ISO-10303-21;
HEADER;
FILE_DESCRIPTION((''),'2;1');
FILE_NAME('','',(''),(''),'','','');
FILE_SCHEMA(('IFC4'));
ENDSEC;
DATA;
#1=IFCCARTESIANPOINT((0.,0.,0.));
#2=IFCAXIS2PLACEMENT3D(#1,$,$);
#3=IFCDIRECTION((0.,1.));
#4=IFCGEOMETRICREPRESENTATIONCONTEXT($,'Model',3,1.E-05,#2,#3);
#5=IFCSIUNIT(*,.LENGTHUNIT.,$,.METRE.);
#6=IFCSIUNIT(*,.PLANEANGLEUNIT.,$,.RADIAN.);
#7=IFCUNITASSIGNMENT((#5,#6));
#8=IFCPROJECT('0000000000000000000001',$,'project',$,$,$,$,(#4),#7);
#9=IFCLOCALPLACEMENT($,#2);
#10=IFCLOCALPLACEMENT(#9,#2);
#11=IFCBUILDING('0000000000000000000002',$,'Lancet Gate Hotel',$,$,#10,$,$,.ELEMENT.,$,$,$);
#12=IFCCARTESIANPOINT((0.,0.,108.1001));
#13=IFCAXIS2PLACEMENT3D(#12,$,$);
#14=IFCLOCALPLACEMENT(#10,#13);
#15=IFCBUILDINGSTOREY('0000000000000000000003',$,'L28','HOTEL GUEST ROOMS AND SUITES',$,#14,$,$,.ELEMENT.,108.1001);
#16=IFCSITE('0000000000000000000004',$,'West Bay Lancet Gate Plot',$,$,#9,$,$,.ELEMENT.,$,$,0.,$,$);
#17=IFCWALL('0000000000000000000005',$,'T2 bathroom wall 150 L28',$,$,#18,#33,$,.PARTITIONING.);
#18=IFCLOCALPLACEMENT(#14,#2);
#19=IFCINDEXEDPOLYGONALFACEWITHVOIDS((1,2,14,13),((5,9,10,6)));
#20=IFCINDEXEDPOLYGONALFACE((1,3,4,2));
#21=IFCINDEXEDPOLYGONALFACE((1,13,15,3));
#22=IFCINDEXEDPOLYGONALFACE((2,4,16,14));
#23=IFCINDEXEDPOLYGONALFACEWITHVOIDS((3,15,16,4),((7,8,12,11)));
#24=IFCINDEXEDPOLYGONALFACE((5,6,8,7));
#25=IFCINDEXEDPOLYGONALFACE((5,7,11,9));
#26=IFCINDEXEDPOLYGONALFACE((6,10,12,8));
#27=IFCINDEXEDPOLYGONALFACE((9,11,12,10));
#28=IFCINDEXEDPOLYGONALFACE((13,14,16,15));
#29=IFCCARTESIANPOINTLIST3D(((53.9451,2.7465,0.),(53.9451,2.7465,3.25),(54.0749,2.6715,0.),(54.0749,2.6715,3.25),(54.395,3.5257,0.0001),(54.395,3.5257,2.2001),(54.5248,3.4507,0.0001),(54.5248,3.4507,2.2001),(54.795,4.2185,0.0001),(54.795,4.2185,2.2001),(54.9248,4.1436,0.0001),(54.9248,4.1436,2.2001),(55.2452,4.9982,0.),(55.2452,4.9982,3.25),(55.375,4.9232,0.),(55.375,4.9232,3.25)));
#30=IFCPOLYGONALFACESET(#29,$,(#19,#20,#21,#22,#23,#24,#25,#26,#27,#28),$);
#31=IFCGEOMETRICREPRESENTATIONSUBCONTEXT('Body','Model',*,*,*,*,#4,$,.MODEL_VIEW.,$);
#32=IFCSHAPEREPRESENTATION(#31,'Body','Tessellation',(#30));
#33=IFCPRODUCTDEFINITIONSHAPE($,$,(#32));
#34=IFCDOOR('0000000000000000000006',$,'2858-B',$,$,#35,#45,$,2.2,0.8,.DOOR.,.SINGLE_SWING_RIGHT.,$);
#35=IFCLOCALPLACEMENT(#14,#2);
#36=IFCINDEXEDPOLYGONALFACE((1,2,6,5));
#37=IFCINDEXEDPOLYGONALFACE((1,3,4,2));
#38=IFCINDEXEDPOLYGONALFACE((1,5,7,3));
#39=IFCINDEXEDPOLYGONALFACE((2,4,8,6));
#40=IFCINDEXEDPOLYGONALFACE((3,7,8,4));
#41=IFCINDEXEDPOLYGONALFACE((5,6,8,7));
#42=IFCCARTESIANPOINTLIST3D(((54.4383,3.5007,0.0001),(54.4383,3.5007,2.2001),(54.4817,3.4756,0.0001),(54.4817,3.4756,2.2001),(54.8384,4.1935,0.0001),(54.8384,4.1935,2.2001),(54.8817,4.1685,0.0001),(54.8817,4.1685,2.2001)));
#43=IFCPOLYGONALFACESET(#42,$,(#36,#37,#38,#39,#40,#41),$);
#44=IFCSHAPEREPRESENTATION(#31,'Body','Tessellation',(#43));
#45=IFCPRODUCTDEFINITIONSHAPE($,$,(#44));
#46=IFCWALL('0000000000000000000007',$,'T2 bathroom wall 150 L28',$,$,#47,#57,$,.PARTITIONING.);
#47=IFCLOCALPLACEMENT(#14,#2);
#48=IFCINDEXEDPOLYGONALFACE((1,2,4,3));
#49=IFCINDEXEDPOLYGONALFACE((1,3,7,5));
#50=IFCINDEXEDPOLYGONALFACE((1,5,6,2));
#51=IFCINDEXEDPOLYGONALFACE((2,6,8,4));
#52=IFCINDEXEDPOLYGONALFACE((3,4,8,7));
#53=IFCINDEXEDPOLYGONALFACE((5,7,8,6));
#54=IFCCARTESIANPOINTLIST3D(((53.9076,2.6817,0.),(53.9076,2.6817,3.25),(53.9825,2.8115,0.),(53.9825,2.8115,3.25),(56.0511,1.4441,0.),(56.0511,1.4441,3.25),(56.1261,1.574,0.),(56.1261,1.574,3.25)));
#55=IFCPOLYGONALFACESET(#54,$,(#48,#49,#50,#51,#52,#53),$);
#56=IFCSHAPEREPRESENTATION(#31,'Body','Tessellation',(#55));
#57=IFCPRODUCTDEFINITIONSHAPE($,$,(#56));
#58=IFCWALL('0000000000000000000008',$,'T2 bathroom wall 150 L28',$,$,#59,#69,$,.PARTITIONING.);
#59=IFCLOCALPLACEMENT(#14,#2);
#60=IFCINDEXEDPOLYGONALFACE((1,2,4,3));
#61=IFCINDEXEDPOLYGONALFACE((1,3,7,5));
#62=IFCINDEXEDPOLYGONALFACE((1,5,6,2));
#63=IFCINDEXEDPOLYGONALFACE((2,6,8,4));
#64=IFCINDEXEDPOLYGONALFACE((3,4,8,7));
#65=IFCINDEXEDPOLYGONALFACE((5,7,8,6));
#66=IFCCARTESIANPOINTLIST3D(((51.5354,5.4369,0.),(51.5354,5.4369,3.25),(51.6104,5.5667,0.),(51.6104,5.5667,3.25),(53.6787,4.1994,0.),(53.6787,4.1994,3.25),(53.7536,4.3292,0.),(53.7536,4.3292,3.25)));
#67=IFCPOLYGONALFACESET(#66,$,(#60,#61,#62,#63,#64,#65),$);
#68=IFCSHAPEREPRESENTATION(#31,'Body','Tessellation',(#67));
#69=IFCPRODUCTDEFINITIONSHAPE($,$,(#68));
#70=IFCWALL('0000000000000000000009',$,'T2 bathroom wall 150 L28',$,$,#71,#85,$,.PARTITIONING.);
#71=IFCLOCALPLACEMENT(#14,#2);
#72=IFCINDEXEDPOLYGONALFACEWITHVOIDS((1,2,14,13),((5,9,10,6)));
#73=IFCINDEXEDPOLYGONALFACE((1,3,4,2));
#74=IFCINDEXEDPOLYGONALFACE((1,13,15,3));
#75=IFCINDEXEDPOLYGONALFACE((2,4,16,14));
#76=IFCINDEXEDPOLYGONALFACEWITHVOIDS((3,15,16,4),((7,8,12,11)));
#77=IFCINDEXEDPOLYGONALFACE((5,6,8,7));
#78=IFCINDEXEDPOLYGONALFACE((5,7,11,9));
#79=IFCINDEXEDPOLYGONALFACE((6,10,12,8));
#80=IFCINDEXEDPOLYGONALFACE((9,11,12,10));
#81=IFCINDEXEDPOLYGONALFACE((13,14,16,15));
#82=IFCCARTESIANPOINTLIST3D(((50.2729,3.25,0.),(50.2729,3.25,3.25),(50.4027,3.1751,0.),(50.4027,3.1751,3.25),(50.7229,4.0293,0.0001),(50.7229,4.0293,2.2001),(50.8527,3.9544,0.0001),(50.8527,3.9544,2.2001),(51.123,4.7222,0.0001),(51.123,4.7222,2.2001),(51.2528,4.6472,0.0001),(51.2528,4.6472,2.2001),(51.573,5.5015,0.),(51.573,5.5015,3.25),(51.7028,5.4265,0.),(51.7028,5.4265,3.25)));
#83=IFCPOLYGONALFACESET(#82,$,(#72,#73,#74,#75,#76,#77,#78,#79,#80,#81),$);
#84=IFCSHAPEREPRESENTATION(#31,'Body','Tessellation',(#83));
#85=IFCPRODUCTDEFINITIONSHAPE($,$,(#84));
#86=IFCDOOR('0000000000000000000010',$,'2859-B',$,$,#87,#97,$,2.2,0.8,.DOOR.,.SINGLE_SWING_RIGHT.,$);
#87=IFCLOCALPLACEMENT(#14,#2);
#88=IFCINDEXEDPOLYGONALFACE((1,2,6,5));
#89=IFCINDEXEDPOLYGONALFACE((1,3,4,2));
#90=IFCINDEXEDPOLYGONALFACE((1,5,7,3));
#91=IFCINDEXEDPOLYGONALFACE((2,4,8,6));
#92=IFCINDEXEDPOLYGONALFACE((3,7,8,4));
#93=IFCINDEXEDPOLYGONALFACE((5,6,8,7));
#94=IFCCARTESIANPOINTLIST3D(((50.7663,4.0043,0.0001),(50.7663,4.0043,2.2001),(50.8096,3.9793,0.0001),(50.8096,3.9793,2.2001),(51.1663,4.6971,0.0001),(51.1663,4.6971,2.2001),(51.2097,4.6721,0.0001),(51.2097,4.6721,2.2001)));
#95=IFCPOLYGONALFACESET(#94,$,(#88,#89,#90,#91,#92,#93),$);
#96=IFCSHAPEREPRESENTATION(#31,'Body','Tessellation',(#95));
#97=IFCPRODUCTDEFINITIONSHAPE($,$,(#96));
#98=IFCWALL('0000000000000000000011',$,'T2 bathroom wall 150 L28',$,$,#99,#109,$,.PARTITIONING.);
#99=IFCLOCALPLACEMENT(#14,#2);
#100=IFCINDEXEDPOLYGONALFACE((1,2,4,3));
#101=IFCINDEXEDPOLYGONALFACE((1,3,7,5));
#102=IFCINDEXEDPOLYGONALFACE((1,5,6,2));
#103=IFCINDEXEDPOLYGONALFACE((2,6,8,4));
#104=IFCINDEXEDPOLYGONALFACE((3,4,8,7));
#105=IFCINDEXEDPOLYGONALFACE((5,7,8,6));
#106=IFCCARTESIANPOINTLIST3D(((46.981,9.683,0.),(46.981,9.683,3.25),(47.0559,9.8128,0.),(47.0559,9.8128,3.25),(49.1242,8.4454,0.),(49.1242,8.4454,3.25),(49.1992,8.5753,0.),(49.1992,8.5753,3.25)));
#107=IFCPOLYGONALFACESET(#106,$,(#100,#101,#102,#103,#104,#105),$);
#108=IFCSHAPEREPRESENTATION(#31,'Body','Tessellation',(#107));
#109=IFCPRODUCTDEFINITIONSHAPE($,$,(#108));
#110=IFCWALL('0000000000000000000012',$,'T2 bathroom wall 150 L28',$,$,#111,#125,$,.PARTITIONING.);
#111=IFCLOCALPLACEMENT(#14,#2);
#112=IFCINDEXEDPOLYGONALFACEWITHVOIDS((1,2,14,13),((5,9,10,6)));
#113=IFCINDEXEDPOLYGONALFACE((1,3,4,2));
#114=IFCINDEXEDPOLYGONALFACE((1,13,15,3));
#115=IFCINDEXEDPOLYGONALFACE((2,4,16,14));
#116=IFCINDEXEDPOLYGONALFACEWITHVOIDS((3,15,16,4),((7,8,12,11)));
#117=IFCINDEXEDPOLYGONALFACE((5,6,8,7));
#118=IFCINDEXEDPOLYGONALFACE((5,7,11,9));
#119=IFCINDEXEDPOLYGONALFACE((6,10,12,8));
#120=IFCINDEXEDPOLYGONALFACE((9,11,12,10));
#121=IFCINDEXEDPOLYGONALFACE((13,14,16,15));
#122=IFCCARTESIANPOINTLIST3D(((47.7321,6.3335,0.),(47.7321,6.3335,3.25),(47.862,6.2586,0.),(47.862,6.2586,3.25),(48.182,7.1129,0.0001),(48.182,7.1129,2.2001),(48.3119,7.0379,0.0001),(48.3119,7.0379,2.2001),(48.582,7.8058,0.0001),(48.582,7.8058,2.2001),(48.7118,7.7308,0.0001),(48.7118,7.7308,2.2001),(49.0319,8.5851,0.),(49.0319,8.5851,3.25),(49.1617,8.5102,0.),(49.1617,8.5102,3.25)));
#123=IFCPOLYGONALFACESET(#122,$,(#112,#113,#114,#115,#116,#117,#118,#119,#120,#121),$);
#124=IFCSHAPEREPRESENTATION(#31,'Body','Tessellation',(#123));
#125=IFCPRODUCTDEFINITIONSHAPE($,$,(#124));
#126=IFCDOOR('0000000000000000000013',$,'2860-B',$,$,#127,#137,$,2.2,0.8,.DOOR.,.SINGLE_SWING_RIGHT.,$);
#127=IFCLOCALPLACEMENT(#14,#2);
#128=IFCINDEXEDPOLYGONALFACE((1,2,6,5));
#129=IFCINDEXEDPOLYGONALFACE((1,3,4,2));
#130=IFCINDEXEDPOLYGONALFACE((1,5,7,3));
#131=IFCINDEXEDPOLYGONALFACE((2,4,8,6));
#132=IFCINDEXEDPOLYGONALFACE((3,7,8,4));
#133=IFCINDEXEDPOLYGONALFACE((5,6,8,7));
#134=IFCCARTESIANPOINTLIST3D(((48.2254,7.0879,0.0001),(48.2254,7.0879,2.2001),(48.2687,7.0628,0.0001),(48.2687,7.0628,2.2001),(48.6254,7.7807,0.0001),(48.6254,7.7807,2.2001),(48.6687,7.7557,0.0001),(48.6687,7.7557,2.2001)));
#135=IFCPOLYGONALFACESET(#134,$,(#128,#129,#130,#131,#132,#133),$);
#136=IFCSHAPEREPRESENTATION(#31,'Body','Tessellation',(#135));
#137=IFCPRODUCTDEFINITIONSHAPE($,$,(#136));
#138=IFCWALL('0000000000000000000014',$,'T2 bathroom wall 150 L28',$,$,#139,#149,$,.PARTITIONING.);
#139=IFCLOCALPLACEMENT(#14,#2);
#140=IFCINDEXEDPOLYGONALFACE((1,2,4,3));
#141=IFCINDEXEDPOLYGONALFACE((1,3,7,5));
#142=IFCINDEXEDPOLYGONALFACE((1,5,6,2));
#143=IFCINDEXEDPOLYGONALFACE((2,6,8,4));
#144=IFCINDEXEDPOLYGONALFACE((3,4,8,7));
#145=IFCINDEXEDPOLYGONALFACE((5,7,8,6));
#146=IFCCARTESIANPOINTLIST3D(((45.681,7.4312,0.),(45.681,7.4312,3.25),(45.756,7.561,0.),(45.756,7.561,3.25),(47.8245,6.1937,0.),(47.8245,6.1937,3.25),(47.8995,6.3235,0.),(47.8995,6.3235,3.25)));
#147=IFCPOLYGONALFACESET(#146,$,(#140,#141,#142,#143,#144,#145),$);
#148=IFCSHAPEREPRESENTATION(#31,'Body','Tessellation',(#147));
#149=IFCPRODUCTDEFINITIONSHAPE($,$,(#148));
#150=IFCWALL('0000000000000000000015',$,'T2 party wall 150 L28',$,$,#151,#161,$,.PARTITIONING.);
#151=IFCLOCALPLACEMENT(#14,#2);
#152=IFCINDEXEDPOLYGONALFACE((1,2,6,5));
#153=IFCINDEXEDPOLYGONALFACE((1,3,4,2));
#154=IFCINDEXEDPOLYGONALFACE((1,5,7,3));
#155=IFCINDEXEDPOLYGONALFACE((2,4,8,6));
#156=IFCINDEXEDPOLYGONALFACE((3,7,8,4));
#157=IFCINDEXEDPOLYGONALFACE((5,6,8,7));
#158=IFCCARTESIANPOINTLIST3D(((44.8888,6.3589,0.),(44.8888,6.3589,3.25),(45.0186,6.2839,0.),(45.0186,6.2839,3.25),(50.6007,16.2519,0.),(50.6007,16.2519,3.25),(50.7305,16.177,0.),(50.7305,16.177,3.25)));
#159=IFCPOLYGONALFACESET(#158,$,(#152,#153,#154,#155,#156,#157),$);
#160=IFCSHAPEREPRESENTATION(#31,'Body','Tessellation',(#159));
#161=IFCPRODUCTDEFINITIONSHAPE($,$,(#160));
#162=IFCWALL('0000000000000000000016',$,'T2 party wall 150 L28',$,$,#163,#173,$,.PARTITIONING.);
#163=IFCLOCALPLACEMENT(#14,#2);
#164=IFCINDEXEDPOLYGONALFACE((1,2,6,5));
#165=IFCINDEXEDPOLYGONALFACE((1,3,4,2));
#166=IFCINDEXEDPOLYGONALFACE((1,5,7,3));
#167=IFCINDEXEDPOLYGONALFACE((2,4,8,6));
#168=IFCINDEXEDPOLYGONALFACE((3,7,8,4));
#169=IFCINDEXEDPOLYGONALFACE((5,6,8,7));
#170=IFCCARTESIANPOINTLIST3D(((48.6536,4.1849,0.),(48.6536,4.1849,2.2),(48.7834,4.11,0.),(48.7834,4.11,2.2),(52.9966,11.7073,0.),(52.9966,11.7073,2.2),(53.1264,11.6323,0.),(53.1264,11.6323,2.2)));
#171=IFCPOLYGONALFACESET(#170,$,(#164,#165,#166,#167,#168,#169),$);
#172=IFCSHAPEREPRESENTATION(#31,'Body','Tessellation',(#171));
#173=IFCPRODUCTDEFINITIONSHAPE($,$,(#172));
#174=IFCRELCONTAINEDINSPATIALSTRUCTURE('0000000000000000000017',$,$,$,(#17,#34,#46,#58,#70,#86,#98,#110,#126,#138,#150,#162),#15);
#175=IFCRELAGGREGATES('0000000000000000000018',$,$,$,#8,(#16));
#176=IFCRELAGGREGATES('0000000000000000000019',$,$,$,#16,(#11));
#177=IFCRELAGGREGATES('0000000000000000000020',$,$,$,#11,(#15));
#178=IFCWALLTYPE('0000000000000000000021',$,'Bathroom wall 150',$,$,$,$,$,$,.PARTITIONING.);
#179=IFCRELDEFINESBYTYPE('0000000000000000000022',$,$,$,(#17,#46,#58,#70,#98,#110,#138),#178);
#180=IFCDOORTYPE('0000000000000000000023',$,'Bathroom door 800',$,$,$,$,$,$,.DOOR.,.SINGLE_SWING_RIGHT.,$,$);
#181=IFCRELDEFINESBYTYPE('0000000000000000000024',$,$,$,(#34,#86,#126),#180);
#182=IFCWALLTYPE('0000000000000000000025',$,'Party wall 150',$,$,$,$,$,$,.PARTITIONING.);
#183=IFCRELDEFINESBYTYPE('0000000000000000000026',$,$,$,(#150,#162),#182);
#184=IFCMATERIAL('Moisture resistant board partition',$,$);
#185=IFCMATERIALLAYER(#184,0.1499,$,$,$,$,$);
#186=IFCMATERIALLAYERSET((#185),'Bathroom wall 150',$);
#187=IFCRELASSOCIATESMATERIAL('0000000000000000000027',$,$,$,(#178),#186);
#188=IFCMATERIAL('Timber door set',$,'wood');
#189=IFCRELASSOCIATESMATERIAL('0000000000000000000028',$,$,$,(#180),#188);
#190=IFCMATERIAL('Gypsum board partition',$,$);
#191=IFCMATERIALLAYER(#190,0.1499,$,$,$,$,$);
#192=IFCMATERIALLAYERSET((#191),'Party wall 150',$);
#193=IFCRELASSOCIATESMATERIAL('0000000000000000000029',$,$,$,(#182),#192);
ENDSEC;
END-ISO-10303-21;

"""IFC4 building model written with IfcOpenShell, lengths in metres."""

from ifc_helpers import new_model, si_unit, direction, frame, frame_2d, origin, place, context, subcontext, project, spatial, rectangle, extrude, material, layer, layer_set, type_object, element, fill, save


model = new_model("IFC4")

# Units and contexts
model_context = context("Model", 3, precision=1e-05, world=origin(), true_north=direction((0.0, 1.0)))
body_context = subcontext(model_context, "Body", "Model", "MODEL_VIEW")
ifc_project = project(units=[si_unit("LENGTHUNIT", "METRE"), si_unit("PLANEANGLEUNIT", "RADIAN")], contexts=[model_context])

# Site, building, storey
site_placement = place(None, origin())
site = spatial("IfcSite", under=ifc_project, at=site_placement, Name="West Bay Lancet Gate Plot", CompositionType="ELEMENT", RefElevation=0.0)
building_placement = place(site_placement, origin())
building = spatial("IfcBuilding", under=site, at=building_placement, Name="Lancet Gate Hotel", CompositionType="ELEMENT")
storey_placement = place(building_placement, frame((0.0, 0.0, 108.1001)))
storey = spatial("IfcBuildingStorey", under=building, at=storey_placement, Name="L28", Description="HOTEL GUEST ROOMS AND SUITES", CompositionType="ELEMENT", Elevation=108.1001)

# Wall, opening, door
ifc_material_1 = material(Name="Moisture resistant board partition")
ifc_layer_1 = layer(ifc_material_1, 0.1499)
ifc_layer_set_1 = layer_set([ifc_layer_1], Name="Bathroom wall 150")
wall_type_1 = type_object("IfcWallType", Name="Bathroom wall 150", PredefinedType="PARTITIONING", material=ifc_layer_set_1)
wall_1_placement = place(storey_placement, frame((54.01, 2.709, 0.0), z_axis=(0.0, 0.0, 1.0), x_axis=(0.500007, 0.866021, 0.0)))
wall_1 = element("IfcWall", 1, at=wall_1_placement, inside=storey, type_object=wall_type_1, Name="T2 bathroom wall 150 L28", PredefinedType="PARTITIONING", context=body_context, shape_type="SweptSolid", body=[
    extrude(rectangle(XDim=2.6001, YDim=0.1499, at=frame_2d((1.3, 0.0))), origin(), (0.0, 0.0, 1.0), 3.25),
])
opening_1_placement = place(wall_1_placement, frame((0.8999, 0.0, 0.0)))
opening_1 = element("IfcOpeningElement", 2, at=opening_1_placement, cuts=wall_1, PredefinedType="OPENING", context=body_context, shape_type="SweptSolid", body=[
    extrude(rectangle(XDim=0.8, YDim=2.2, at=frame_2d((0.3999, 1.1001))), frame((0.0, 0.085, 0.0), z_axis=(0.0, -1.0, 0.0), x_axis=(1.0, 0.0, 0.0)), (0.0, 0.0, 1.0), 0.1699),
])
ifc_material_2 = material(Name="Timber door set", Category="wood")
door_type = type_object("IfcDoorType", Name="Bathroom door 800", OperationType="SINGLE_SWING_RIGHT", PredefinedType="DOOR", material=ifc_material_2)
door_1_placement = place(opening_1_placement, origin())
door_1 = element("IfcDoor", 3, at=door_1_placement, inside=storey, type_object=door_type, Name="2858-B", OperationType="SINGLE_SWING_RIGHT", OverallHeight=2.2, OverallWidth=0.8, PredefinedType="DOOR", context=body_context, shape_type="SweptSolid", body=[
    extrude(rectangle(XDim=0.8, YDim=2.2, at=frame_2d((0.3999, 1.1001))), frame((0.0, 0.0249, 0.0), z_axis=(0.0, -1.0, 0.0), x_axis=(1.0, 0.0, 0.0)), (0.0, 0.0, 1.0), 0.05),
])
fill(opening_1, door_1)

# Walls
wall_2_placement = place(storey_placement, frame((53.9451, 2.7466, 0.0), z_axis=(0.0, 0.0, 1.0), x_axis=(0.866031, -0.49999, 0.0)))
element("IfcWall", 4, at=wall_2_placement, inside=storey, type_object=wall_type_1, Name="T2 bathroom wall 150 L28", PredefinedType="PARTITIONING", context=body_context, shape_type="SweptSolid", body=[
    extrude(rectangle(XDim=2.4751, YDim=0.1499, at=frame_2d((1.2375, 0.0))), origin(), (0.0, 0.0, 1.0), 3.25),
])
wall_3_placement = place(storey_placement, frame((51.573, 5.5017, 0.0), z_axis=(0.0, 0.0, 1.0), x_axis=(0.866007, -0.500033, 0.0)))
element("IfcWall", 5, at=wall_3_placement, inside=storey, type_object=wall_type_1, Name="T2 bathroom wall 150 L28", PredefinedType="PARTITIONING", context=body_context, shape_type="SweptSolid", body=[
    extrude(rectangle(XDim=2.4749, YDim=0.1499, at=frame_2d((1.2373, 0.0))), origin(), (0.0, 0.0, 1.0), 3.25),
])

# Wall, opening, door
wall_4_placement = place(storey_placement, frame((50.3379, 3.2126, 0.0), z_axis=(0.0, 0.0, 1.0), x_axis=(0.500048, 0.865998, 0.0)))
wall_4 = element("IfcWall", 6, at=wall_4_placement, inside=storey, type_object=wall_type_1, Name="T2 bathroom wall 150 L28", PredefinedType="PARTITIONING", context=body_context, shape_type="SweptSolid", body=[
    extrude(rectangle(XDim=2.5999, YDim=0.1499, at=frame_2d((1.2998, 0.0))), origin(), (0.0, 0.0, 1.0), 3.25),
])
opening_2_placement = place(wall_4_placement, frame((0.8999, 0.0, 0.0)))
opening_2 = element("IfcOpeningElement", 7, at=opening_2_placement, cuts=wall_4, PredefinedType="OPENING", context=body_context, shape_type="SweptSolid", body=[
    extrude(rectangle(XDim=0.8, YDim=2.2, at=frame_2d((0.3999, 1.1001))), frame((0.0, 0.085, 0.0), z_axis=(0.0, -1.0, 0.0), x_axis=(1.0, 0.0, 0.0)), (0.0, 0.0, 1.0), 0.1699),
])
door_2_placement = place(opening_2_placement, origin())
door_2 = element("IfcDoor", 8, at=door_2_placement, inside=storey, type_object=door_type, Name="2859-B", OperationType="SINGLE_SWING_RIGHT", OverallHeight=2.2, OverallWidth=0.8, PredefinedType="DOOR", context=body_context, shape_type="SweptSolid", body=[
    extrude(rectangle(XDim=0.8, YDim=2.2, at=frame_2d((0.3999, 1.1001))), frame((0.0, 0.0249, 0.0), z_axis=(0.0, -1.0, 0.0), x_axis=(1.0, 0.0, 0.0)), (0.0, 0.0, 1.0), 0.05),
])
fill(opening_2, door_2)

# Wall
wall_5_placement = place(storey_placement, frame((47.0186, 9.7478, 0.0), z_axis=(0.0, 0.0, 1.0), x_axis=(0.866007, -0.500033, 0.0)))
element("IfcWall", 9, at=wall_5_placement, inside=storey, type_object=wall_type_1, Name="T2 bathroom wall 150 L28", PredefinedType="PARTITIONING", context=body_context, shape_type="SweptSolid", body=[
    extrude(rectangle(XDim=2.4749, YDim=0.1499, at=frame_2d((1.2373, 0.0))), origin(), (0.0, 0.0, 1.0), 3.25),
])

# Wall, opening, door
wall_6_placement = place(storey_placement, frame((47.7971, 6.2961, 0.0), z_axis=(0.0, 0.0, 1.0), x_axis=(0.499937, 0.866062, 0.0)))
wall_6 = element("IfcWall", 10, at=wall_6_placement, inside=storey, type_object=wall_type_1, Name="T2 bathroom wall 150 L28", PredefinedType="PARTITIONING", context=body_context, shape_type="SweptSolid", body=[
    extrude(rectangle(XDim=2.5999, YDim=0.1499, at=frame_2d((1.2998, 0.0))), origin(), (0.0, 0.0, 1.0), 3.25),
])
opening_3_placement = place(wall_6_placement, frame((0.8999, 0.0, 0.0)))
opening_3 = element("IfcOpeningElement", 11, at=opening_3_placement, cuts=wall_6, PredefinedType="OPENING", context=body_context, shape_type="SweptSolid", body=[
    extrude(rectangle(XDim=0.8, YDim=2.2, at=frame_2d((0.3999, 1.1001))), frame((0.0, 0.085, 0.0), z_axis=(0.0, -1.0, 0.0), x_axis=(1.0, 0.0, 0.0)), (0.0, 0.0, 1.0), 0.1699),
])
door_3_placement = place(opening_3_placement, origin())
door_3 = element("IfcDoor", 12, at=door_3_placement, inside=storey, type_object=door_type, Name="2860-B", OperationType="SINGLE_SWING_RIGHT", OverallHeight=2.2, OverallWidth=0.8, PredefinedType="DOOR", context=body_context, shape_type="SweptSolid", body=[
    extrude(rectangle(XDim=0.8, YDim=2.2, at=frame_2d((0.3999, 1.1001))), frame((0.0, 0.0249, 0.0), z_axis=(0.0, -1.0, 0.0), x_axis=(1.0, 0.0, 0.0)), (0.0, 0.0, 1.0), 0.05),
])
fill(opening_3, door_3)

# Walls
wall_7_placement = place(storey_placement, frame((45.7185, 7.4961, 0.0), z_axis=(0.0, 0.0, 1.0), x_axis=(0.866031, -0.49999, 0.0)))
element("IfcWall", 13, at=wall_7_placement, inside=storey, type_object=wall_type_1, Name="T2 bathroom wall 150 L28", PredefinedType="PARTITIONING", context=body_context, shape_type="SweptSolid", body=[
    extrude(rectangle(XDim=2.4751, YDim=0.1499, at=frame_2d((1.2375, 0.0))), origin(), (0.0, 0.0, 1.0), 3.25),
])
ifc_material_3 = material(Name="Gypsum board partition")
ifc_layer_2 = layer(ifc_material_3, 0.1499)
ifc_layer_set_2 = layer_set([ifc_layer_2], Name="Party wall 150")
wall_type_2 = type_object("IfcWallType", Name="Party wall 150", PredefinedType="PARTITIONING", material=ifc_layer_set_2)
wall_8_placement = place(storey_placement, frame((44.9536, 6.3213, 0.0), z_axis=(0.0, 0.0, 1.0), x_axis=(0.50001, 0.86602, 0.0)))
element("IfcWall", 14, at=wall_8_placement, inside=storey, type_object=wall_type_2, Name="T2 party wall 150 L28", PredefinedType="PARTITIONING", context=body_context, shape_type="SweptSolid", body=[
    extrude(rectangle(XDim=11.4236, YDim=0.1499, at=frame_2d((5.7119, 0.0))), origin(), (0.0, 0.0, 1.0), 3.25),
])
wall_9_placement = place(storey_placement, frame((48.7185, 4.1475, 0.0), z_axis=(0.0, 0.0, 1.0), x_axis=(0.499993, 0.866029, 0.0)))
element("IfcWall", 15, at=wall_9_placement, inside=storey, type_object=wall_type_2, Name="T2 party wall 150 L28", PredefinedType="PARTITIONING", context=body_context, shape_type="SweptSolid", body=[
    extrude(rectangle(XDim=8.686, YDim=0.1499, at=frame_2d((4.343, 0.0))), origin(), (0.0, 0.0, 1.0), 2.2),
])

save(model, "model.ifc")
